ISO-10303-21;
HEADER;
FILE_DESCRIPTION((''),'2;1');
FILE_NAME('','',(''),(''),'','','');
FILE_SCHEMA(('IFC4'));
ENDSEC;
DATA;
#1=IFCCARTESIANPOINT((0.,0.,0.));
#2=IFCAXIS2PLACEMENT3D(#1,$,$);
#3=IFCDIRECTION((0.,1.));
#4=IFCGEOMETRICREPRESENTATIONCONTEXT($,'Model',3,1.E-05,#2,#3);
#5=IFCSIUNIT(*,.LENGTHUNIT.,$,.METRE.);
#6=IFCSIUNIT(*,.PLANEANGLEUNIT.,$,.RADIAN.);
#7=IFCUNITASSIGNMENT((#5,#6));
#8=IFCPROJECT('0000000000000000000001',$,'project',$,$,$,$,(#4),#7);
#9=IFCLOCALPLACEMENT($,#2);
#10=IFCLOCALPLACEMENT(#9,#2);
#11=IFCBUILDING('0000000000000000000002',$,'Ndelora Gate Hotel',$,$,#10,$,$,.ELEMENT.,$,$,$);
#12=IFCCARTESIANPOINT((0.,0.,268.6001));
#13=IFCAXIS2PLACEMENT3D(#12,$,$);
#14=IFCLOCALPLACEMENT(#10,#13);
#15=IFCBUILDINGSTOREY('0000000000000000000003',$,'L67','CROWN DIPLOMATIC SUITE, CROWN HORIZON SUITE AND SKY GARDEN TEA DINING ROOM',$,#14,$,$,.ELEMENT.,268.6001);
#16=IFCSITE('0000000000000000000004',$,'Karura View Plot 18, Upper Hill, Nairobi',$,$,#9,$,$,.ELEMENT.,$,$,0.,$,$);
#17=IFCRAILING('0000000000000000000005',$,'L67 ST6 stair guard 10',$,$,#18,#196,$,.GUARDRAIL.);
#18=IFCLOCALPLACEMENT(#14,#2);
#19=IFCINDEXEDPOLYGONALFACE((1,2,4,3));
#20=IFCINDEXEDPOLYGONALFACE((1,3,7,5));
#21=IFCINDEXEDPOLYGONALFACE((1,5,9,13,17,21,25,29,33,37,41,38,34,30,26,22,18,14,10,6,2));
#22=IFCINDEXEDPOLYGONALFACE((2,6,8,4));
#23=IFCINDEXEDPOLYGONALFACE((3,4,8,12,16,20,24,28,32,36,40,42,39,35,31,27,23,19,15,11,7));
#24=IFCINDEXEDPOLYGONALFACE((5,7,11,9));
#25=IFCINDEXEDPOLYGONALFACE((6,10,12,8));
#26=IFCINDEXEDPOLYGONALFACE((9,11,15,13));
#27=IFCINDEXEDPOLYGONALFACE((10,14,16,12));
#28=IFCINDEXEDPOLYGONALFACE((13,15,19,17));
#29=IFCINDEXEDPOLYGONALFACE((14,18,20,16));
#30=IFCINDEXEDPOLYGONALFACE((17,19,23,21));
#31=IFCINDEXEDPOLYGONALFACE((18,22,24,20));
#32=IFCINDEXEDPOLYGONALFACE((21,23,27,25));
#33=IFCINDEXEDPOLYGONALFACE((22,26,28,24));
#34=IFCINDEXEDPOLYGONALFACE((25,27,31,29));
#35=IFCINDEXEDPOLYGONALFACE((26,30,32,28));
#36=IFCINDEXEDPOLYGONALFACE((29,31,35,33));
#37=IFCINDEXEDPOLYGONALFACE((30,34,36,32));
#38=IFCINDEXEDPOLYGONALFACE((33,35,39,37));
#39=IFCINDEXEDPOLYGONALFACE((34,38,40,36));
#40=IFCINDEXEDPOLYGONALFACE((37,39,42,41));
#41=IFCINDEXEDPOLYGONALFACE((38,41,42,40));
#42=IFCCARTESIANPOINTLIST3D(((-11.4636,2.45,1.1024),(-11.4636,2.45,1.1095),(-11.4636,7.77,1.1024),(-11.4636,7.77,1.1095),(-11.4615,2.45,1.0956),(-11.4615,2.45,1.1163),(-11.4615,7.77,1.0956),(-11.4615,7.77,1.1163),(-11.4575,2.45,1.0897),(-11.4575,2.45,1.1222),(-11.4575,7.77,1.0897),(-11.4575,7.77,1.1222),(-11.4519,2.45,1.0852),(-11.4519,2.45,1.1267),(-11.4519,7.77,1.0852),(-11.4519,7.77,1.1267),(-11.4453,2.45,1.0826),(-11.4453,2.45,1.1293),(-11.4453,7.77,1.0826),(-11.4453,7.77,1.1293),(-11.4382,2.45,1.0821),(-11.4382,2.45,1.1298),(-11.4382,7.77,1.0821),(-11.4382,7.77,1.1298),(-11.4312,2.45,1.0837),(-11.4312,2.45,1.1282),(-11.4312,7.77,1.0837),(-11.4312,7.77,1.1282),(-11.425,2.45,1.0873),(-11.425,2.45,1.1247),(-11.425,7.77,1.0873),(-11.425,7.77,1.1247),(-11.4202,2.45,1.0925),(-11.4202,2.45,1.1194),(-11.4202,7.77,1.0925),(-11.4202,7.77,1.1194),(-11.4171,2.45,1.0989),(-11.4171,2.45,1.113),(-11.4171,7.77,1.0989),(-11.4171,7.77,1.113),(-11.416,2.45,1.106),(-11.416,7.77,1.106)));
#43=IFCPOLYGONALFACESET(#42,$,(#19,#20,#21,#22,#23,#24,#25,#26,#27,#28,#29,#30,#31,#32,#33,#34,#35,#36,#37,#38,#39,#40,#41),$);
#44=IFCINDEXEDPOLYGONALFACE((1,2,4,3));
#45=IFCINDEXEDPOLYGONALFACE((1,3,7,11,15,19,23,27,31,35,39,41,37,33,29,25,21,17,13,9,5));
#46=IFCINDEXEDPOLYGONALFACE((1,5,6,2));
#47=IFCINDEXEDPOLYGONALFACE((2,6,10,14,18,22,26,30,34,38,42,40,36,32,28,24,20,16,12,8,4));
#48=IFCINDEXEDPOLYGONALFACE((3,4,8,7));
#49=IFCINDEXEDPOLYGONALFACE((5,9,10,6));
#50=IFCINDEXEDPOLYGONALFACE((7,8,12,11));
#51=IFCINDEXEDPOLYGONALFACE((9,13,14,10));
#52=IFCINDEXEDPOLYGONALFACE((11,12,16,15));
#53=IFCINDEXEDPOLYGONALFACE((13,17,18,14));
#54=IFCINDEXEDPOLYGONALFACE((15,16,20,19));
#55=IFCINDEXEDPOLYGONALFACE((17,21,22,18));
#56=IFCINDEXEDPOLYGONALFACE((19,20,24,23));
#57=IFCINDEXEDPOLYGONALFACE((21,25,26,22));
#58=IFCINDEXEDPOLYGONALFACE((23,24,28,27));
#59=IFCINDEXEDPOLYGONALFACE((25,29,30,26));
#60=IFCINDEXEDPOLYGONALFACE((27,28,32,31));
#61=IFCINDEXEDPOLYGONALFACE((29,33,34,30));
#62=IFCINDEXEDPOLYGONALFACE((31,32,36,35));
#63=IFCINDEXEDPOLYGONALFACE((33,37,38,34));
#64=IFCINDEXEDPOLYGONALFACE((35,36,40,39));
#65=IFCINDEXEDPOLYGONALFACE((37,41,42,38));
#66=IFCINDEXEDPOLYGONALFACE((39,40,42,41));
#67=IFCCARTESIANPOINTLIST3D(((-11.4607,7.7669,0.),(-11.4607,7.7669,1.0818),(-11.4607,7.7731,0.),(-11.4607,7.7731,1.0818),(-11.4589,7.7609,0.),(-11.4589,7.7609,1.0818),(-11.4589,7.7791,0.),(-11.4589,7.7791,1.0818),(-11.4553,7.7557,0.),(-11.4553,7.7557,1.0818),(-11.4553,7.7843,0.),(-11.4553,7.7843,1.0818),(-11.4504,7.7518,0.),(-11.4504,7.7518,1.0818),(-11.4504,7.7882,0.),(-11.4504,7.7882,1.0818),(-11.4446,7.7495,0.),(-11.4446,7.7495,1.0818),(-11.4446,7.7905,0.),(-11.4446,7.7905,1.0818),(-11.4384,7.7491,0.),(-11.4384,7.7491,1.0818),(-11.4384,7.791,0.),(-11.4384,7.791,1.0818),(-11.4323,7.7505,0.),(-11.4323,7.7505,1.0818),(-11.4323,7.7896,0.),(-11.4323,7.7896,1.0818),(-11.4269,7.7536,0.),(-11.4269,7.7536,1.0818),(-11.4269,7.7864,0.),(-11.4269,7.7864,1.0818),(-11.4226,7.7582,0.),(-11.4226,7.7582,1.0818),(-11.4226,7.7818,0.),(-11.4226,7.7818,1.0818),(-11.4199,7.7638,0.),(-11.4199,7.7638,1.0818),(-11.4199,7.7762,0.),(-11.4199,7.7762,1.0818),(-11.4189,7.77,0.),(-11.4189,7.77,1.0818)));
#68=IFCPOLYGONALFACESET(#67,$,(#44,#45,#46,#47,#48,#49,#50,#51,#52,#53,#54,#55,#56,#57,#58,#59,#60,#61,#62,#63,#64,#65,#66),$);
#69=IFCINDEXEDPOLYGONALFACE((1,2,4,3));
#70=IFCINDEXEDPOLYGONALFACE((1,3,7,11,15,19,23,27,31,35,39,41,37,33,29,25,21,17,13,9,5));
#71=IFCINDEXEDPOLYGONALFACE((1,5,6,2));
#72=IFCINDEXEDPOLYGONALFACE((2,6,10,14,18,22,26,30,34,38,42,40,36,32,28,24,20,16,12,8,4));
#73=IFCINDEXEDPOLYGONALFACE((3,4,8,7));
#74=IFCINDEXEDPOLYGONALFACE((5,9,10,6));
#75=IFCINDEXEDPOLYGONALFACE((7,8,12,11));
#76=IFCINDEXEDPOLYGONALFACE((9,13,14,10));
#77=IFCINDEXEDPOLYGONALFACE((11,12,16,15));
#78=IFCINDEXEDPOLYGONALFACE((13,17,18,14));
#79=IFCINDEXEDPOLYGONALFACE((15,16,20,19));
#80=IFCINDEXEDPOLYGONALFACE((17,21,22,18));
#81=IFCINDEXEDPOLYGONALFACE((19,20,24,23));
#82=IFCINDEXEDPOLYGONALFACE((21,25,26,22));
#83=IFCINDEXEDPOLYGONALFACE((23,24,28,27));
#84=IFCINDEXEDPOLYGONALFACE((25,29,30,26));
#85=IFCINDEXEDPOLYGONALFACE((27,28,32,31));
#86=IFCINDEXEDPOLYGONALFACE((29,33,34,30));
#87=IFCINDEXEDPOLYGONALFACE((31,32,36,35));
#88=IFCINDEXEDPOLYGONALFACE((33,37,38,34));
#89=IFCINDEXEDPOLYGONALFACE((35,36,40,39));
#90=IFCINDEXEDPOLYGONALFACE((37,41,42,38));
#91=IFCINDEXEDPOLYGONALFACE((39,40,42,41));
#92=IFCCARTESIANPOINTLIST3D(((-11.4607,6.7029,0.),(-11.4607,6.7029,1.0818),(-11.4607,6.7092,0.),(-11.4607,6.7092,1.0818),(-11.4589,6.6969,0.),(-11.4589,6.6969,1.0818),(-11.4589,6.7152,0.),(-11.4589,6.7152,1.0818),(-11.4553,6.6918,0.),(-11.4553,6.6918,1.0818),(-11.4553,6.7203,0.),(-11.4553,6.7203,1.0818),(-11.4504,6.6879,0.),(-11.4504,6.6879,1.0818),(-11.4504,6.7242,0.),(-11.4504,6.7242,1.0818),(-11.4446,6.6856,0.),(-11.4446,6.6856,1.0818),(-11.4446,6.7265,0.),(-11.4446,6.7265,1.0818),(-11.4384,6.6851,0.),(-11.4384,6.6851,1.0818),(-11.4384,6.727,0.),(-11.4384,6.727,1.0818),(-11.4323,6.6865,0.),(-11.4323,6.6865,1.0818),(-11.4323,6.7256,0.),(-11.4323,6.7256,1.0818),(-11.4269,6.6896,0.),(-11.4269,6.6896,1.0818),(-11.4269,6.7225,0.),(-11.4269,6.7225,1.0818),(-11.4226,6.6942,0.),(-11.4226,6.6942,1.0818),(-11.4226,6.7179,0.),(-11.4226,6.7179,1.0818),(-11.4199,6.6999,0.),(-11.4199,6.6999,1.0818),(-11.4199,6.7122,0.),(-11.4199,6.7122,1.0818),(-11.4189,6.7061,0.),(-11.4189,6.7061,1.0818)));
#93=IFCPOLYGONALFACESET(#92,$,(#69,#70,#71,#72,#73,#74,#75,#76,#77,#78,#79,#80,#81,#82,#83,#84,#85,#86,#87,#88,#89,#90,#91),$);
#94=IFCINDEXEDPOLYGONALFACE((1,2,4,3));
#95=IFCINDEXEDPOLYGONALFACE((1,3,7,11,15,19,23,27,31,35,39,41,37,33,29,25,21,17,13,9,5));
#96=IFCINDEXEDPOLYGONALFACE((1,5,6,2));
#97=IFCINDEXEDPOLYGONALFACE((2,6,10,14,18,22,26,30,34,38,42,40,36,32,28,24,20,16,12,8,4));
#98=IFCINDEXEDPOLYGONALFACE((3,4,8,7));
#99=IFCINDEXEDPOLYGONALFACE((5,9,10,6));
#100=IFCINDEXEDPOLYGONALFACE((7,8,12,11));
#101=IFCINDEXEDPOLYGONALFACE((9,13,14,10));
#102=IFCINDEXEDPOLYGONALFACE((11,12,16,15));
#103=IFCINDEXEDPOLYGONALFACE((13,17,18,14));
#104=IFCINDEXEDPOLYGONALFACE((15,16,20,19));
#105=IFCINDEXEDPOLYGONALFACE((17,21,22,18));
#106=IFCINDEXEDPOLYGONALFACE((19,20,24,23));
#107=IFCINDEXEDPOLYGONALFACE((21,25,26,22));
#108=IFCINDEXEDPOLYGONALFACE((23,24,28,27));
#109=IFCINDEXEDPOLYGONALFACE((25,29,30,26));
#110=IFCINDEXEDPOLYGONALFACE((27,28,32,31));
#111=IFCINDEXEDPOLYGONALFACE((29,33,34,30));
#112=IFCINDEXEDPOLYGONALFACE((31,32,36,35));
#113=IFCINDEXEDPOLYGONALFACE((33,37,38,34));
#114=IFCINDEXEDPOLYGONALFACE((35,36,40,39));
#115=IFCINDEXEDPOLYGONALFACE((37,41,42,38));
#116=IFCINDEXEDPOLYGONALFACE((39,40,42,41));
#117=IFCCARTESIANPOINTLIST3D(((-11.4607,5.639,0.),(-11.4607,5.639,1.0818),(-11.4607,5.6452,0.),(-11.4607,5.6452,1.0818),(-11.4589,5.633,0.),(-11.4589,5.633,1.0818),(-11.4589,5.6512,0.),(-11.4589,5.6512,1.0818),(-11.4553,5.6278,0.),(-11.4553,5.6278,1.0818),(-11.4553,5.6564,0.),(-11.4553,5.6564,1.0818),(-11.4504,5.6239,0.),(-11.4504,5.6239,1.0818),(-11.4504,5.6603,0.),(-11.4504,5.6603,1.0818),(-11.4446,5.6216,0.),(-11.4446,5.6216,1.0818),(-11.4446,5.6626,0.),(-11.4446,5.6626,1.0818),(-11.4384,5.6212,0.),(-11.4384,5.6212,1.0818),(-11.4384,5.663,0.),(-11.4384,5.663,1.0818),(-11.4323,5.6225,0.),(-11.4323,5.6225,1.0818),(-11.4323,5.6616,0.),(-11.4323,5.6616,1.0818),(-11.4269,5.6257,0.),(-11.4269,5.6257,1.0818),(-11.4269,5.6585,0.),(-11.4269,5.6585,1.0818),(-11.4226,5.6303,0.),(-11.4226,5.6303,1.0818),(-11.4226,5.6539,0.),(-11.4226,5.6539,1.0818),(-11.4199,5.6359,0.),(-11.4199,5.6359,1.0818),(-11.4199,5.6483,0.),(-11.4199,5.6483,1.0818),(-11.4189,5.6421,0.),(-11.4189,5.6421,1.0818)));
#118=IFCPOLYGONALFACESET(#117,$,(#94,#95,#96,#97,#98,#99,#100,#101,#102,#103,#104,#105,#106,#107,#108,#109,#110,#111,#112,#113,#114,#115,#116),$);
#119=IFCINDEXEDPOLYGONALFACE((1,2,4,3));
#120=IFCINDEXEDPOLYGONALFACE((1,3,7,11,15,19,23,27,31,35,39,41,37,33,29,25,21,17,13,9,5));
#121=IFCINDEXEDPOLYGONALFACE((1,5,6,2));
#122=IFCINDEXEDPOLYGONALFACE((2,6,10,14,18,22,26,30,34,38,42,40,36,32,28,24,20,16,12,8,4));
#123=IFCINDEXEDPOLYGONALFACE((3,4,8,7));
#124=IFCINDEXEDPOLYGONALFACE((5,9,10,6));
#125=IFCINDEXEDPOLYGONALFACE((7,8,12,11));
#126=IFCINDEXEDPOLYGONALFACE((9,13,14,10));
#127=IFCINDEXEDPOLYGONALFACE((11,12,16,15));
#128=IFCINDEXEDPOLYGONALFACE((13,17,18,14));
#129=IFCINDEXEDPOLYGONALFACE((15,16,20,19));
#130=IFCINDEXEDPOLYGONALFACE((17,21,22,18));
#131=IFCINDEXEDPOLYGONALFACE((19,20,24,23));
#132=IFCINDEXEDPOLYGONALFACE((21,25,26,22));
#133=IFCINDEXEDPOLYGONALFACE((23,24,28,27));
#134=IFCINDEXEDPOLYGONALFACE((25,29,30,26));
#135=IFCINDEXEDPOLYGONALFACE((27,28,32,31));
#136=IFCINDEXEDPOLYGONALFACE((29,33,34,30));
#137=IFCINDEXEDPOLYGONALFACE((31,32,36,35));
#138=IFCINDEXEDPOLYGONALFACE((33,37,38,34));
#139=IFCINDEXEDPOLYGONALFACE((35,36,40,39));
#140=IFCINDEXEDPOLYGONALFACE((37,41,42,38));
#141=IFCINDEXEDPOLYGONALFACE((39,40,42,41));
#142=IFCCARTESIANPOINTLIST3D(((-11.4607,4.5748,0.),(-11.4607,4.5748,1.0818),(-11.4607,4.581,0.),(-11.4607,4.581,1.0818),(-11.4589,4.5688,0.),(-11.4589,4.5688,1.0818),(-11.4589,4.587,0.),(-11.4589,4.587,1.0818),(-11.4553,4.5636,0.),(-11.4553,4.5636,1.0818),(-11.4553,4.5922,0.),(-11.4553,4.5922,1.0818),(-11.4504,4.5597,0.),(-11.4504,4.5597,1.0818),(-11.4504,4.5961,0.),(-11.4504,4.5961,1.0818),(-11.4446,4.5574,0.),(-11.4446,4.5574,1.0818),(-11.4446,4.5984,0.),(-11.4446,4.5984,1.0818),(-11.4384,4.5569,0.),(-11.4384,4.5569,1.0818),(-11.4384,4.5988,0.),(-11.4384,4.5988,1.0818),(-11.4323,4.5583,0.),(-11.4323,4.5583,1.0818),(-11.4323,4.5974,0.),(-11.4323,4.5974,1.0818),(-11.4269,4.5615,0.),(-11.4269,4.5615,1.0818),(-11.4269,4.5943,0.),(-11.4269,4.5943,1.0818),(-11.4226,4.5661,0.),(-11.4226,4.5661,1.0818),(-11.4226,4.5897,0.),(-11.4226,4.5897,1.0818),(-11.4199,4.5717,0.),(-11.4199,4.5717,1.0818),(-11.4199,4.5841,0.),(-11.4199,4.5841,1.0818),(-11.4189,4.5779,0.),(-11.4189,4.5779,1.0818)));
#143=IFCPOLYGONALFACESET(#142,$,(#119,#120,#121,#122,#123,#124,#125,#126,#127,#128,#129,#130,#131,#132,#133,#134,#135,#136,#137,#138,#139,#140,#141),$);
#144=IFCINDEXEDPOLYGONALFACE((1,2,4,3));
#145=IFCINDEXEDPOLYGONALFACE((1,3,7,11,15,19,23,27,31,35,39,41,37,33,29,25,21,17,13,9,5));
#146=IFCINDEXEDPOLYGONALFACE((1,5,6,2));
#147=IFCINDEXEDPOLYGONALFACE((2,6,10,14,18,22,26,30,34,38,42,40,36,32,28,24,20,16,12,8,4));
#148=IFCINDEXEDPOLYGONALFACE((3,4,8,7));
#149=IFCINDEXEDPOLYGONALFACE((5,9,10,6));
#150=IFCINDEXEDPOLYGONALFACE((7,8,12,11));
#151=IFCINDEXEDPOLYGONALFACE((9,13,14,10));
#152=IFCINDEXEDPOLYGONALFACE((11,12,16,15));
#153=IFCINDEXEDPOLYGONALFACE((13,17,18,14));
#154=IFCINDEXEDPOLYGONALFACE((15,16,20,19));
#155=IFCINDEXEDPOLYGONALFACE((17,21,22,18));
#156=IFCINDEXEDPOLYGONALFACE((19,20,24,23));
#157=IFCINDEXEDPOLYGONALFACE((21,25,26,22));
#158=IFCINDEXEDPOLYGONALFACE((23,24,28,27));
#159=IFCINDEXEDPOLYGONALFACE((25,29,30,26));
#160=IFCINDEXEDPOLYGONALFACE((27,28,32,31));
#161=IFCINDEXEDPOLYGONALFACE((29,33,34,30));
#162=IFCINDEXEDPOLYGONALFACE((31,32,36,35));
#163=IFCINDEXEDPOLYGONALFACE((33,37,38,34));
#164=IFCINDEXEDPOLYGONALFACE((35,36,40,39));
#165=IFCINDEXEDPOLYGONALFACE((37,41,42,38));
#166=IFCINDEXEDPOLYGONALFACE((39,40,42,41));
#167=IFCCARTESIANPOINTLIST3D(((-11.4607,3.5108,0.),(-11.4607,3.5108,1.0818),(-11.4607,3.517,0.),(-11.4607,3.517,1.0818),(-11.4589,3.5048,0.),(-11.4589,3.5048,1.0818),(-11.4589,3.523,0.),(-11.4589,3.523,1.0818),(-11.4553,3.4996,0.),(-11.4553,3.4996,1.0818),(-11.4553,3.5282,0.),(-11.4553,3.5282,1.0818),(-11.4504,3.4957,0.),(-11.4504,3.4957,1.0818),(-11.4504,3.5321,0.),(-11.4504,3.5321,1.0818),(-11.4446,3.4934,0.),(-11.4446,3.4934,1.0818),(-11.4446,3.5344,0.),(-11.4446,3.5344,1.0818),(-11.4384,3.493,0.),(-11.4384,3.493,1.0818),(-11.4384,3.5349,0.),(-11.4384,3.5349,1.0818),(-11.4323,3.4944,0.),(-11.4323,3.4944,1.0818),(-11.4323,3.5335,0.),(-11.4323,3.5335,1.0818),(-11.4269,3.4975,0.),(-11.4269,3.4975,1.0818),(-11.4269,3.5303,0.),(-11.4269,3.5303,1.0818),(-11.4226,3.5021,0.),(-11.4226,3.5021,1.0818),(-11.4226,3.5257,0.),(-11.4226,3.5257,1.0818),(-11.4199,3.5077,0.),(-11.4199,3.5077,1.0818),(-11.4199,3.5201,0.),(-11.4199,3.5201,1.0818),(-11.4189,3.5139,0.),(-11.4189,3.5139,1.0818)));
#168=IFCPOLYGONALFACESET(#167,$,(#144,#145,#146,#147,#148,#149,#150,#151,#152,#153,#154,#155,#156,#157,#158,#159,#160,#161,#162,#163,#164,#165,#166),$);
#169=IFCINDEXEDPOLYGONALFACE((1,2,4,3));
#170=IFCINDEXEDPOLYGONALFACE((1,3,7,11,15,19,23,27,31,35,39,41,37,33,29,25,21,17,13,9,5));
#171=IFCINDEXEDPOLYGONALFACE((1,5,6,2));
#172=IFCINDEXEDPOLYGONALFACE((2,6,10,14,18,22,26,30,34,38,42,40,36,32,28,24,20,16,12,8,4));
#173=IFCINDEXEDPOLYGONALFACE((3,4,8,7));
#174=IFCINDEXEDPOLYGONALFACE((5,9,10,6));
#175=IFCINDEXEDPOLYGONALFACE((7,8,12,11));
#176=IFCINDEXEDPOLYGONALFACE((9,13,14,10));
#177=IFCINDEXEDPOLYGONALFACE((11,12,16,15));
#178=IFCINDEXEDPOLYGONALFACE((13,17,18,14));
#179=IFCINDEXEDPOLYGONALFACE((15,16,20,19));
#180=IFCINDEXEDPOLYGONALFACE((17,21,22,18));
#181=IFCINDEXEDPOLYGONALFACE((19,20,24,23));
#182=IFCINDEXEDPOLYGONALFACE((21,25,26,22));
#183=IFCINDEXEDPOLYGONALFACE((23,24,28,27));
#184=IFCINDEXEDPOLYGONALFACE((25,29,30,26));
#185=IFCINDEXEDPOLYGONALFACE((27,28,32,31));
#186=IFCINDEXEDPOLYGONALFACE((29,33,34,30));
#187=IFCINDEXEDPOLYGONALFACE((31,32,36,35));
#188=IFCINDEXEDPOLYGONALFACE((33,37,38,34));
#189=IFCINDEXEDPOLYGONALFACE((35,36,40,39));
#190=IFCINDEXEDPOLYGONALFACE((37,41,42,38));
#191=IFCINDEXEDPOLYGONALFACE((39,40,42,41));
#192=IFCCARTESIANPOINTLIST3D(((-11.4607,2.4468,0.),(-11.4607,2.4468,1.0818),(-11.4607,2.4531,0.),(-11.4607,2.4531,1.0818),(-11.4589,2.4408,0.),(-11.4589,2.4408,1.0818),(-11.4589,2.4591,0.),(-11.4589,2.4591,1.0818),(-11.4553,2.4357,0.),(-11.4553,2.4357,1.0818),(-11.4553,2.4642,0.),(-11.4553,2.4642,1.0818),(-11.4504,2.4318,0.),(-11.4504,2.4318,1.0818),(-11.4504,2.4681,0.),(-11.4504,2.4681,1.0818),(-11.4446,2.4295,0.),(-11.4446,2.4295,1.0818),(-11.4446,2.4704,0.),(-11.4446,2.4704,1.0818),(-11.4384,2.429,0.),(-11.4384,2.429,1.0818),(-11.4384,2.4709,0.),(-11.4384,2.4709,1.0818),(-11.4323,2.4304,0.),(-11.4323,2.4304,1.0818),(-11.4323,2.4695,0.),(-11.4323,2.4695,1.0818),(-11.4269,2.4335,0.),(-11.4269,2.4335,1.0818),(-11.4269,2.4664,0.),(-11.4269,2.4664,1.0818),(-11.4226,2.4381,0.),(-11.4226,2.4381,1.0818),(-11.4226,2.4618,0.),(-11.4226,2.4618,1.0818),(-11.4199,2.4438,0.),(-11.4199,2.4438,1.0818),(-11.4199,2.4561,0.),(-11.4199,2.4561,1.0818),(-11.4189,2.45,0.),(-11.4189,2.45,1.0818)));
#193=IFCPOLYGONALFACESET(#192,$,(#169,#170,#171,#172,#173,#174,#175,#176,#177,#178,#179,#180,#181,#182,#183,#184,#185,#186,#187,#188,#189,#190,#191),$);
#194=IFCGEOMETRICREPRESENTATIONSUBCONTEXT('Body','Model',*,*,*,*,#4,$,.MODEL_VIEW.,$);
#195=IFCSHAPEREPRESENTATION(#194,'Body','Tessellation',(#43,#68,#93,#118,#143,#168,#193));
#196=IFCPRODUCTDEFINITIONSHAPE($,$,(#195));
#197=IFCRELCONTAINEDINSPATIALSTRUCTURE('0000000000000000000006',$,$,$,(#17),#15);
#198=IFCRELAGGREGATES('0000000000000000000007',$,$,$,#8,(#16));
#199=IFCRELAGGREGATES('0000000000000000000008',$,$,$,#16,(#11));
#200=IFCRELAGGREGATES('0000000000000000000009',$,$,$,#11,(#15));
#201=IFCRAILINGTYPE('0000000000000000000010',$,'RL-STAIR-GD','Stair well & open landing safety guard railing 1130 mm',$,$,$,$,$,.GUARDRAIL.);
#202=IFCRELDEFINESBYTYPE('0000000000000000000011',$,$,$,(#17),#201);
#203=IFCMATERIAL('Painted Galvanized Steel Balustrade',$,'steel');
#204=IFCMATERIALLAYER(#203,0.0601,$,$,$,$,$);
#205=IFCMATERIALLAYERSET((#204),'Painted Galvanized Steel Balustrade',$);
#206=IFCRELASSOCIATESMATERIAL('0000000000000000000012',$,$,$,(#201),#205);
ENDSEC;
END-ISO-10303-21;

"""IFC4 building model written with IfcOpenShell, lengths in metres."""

from ifc_helpers import new_model, si_unit, direction, frame, origin, origin_2d, place, context, subcontext, project, spatial, circle, extrude, material, layer, layer_set, type_object, element, save


model = new_model("IFC4")

# Units and contexts
model_context = context("Model", 3, precision=1e-05, world=origin(), true_north=direction((0.0, 1.0)))
body_context = subcontext(model_context, "Body", "Model", "MODEL_VIEW")
ifc_project = project(units=[si_unit("LENGTHUNIT", "METRE"), si_unit("PLANEANGLEUNIT", "RADIAN")], contexts=[model_context])

# Site, building, storey
site_placement = place(None, origin())
site = spatial("IfcSite", under=ifc_project, at=site_placement, Name="Karura View Plot 18, Upper Hill, Nairobi", CompositionType="ELEMENT", RefElevation=0.0)
building_placement = place(site_placement, origin())
building = spatial("IfcBuilding", under=site, at=building_placement, Name="Ndelora Gate Hotel", CompositionType="ELEMENT")
storey_placement = place(building_placement, frame((0.0, 0.0, 268.6001)))
storey = spatial("IfcBuildingStorey", under=building, at=storey_placement, Name="L67", Description="CROWN DIPLOMATIC SUITE, CROWN HORIZON SUITE AND SKY GARDEN TEA DINING ROOM", CompositionType="ELEMENT", Elevation=268.6001)

# Railing
ifc_material_1 = material(Name="Painted Galvanized Steel Balustrade", Category="steel")
ifc_layer_1 = layer(ifc_material_1, 0.0601)
ifc_layer_set_1 = layer_set([ifc_layer_1], Name="Painted Galvanized Steel Balustrade")
railing_type_1 = type_object("IfcRailingType", Name="RL-STAIR-GD", Description="Stair well & open landing safety guard railing 1130 mm", PredefinedType="GUARDRAIL", material=ifc_layer_set_1)
railing_1_placement = place(storey_placement, frame((-11.4399, 7.77, 0.0)))
element("IfcRailing", 1, at=railing_1_placement, inside=storey, type_object=railing_type_1, Name="L67 ST6 stair guard 10", PredefinedType="GUARDRAIL", context=body_context, shape_type="SweptSolid", body=[
    extrude(circle(Radius=0.0239, at=origin_2d()), frame((0.0, 0.0, 1.106), z_axis=(0.0, -1.0, 0.0), x_axis=(1.0, 0.0, 0.0)), (0.0, 0.0, 1.0), 5.3201),
    extrude(circle(Radius=0.021, at=origin_2d()), origin(), (0.0, 0.0, 1.0), 1.0818),
    extrude(circle(Radius=0.021, at=origin_2d()), frame((0.0, -1.064, 0.0)), (0.0, 0.0, 1.0), 1.0818),
    extrude(circle(Radius=0.021, at=origin_2d()), frame((0.0, -2.1279, 0.0)), (0.0, 0.0, 1.0), 1.0818),
    extrude(circle(Radius=0.021, at=origin_2d()), frame((0.0, -3.1921, 0.0)), (0.0, 0.0, 1.0), 1.0818),
    extrude(circle(Radius=0.021, at=origin_2d()), frame((0.0, -4.2561, 0.0)), (0.0, 0.0, 1.0), 1.0818),
    extrude(circle(Radius=0.021, at=origin_2d()), frame((0.0, -5.3201, 0.0)), (0.0, 0.0, 1.0), 1.0818),
])

save(model, "model.ifc")
